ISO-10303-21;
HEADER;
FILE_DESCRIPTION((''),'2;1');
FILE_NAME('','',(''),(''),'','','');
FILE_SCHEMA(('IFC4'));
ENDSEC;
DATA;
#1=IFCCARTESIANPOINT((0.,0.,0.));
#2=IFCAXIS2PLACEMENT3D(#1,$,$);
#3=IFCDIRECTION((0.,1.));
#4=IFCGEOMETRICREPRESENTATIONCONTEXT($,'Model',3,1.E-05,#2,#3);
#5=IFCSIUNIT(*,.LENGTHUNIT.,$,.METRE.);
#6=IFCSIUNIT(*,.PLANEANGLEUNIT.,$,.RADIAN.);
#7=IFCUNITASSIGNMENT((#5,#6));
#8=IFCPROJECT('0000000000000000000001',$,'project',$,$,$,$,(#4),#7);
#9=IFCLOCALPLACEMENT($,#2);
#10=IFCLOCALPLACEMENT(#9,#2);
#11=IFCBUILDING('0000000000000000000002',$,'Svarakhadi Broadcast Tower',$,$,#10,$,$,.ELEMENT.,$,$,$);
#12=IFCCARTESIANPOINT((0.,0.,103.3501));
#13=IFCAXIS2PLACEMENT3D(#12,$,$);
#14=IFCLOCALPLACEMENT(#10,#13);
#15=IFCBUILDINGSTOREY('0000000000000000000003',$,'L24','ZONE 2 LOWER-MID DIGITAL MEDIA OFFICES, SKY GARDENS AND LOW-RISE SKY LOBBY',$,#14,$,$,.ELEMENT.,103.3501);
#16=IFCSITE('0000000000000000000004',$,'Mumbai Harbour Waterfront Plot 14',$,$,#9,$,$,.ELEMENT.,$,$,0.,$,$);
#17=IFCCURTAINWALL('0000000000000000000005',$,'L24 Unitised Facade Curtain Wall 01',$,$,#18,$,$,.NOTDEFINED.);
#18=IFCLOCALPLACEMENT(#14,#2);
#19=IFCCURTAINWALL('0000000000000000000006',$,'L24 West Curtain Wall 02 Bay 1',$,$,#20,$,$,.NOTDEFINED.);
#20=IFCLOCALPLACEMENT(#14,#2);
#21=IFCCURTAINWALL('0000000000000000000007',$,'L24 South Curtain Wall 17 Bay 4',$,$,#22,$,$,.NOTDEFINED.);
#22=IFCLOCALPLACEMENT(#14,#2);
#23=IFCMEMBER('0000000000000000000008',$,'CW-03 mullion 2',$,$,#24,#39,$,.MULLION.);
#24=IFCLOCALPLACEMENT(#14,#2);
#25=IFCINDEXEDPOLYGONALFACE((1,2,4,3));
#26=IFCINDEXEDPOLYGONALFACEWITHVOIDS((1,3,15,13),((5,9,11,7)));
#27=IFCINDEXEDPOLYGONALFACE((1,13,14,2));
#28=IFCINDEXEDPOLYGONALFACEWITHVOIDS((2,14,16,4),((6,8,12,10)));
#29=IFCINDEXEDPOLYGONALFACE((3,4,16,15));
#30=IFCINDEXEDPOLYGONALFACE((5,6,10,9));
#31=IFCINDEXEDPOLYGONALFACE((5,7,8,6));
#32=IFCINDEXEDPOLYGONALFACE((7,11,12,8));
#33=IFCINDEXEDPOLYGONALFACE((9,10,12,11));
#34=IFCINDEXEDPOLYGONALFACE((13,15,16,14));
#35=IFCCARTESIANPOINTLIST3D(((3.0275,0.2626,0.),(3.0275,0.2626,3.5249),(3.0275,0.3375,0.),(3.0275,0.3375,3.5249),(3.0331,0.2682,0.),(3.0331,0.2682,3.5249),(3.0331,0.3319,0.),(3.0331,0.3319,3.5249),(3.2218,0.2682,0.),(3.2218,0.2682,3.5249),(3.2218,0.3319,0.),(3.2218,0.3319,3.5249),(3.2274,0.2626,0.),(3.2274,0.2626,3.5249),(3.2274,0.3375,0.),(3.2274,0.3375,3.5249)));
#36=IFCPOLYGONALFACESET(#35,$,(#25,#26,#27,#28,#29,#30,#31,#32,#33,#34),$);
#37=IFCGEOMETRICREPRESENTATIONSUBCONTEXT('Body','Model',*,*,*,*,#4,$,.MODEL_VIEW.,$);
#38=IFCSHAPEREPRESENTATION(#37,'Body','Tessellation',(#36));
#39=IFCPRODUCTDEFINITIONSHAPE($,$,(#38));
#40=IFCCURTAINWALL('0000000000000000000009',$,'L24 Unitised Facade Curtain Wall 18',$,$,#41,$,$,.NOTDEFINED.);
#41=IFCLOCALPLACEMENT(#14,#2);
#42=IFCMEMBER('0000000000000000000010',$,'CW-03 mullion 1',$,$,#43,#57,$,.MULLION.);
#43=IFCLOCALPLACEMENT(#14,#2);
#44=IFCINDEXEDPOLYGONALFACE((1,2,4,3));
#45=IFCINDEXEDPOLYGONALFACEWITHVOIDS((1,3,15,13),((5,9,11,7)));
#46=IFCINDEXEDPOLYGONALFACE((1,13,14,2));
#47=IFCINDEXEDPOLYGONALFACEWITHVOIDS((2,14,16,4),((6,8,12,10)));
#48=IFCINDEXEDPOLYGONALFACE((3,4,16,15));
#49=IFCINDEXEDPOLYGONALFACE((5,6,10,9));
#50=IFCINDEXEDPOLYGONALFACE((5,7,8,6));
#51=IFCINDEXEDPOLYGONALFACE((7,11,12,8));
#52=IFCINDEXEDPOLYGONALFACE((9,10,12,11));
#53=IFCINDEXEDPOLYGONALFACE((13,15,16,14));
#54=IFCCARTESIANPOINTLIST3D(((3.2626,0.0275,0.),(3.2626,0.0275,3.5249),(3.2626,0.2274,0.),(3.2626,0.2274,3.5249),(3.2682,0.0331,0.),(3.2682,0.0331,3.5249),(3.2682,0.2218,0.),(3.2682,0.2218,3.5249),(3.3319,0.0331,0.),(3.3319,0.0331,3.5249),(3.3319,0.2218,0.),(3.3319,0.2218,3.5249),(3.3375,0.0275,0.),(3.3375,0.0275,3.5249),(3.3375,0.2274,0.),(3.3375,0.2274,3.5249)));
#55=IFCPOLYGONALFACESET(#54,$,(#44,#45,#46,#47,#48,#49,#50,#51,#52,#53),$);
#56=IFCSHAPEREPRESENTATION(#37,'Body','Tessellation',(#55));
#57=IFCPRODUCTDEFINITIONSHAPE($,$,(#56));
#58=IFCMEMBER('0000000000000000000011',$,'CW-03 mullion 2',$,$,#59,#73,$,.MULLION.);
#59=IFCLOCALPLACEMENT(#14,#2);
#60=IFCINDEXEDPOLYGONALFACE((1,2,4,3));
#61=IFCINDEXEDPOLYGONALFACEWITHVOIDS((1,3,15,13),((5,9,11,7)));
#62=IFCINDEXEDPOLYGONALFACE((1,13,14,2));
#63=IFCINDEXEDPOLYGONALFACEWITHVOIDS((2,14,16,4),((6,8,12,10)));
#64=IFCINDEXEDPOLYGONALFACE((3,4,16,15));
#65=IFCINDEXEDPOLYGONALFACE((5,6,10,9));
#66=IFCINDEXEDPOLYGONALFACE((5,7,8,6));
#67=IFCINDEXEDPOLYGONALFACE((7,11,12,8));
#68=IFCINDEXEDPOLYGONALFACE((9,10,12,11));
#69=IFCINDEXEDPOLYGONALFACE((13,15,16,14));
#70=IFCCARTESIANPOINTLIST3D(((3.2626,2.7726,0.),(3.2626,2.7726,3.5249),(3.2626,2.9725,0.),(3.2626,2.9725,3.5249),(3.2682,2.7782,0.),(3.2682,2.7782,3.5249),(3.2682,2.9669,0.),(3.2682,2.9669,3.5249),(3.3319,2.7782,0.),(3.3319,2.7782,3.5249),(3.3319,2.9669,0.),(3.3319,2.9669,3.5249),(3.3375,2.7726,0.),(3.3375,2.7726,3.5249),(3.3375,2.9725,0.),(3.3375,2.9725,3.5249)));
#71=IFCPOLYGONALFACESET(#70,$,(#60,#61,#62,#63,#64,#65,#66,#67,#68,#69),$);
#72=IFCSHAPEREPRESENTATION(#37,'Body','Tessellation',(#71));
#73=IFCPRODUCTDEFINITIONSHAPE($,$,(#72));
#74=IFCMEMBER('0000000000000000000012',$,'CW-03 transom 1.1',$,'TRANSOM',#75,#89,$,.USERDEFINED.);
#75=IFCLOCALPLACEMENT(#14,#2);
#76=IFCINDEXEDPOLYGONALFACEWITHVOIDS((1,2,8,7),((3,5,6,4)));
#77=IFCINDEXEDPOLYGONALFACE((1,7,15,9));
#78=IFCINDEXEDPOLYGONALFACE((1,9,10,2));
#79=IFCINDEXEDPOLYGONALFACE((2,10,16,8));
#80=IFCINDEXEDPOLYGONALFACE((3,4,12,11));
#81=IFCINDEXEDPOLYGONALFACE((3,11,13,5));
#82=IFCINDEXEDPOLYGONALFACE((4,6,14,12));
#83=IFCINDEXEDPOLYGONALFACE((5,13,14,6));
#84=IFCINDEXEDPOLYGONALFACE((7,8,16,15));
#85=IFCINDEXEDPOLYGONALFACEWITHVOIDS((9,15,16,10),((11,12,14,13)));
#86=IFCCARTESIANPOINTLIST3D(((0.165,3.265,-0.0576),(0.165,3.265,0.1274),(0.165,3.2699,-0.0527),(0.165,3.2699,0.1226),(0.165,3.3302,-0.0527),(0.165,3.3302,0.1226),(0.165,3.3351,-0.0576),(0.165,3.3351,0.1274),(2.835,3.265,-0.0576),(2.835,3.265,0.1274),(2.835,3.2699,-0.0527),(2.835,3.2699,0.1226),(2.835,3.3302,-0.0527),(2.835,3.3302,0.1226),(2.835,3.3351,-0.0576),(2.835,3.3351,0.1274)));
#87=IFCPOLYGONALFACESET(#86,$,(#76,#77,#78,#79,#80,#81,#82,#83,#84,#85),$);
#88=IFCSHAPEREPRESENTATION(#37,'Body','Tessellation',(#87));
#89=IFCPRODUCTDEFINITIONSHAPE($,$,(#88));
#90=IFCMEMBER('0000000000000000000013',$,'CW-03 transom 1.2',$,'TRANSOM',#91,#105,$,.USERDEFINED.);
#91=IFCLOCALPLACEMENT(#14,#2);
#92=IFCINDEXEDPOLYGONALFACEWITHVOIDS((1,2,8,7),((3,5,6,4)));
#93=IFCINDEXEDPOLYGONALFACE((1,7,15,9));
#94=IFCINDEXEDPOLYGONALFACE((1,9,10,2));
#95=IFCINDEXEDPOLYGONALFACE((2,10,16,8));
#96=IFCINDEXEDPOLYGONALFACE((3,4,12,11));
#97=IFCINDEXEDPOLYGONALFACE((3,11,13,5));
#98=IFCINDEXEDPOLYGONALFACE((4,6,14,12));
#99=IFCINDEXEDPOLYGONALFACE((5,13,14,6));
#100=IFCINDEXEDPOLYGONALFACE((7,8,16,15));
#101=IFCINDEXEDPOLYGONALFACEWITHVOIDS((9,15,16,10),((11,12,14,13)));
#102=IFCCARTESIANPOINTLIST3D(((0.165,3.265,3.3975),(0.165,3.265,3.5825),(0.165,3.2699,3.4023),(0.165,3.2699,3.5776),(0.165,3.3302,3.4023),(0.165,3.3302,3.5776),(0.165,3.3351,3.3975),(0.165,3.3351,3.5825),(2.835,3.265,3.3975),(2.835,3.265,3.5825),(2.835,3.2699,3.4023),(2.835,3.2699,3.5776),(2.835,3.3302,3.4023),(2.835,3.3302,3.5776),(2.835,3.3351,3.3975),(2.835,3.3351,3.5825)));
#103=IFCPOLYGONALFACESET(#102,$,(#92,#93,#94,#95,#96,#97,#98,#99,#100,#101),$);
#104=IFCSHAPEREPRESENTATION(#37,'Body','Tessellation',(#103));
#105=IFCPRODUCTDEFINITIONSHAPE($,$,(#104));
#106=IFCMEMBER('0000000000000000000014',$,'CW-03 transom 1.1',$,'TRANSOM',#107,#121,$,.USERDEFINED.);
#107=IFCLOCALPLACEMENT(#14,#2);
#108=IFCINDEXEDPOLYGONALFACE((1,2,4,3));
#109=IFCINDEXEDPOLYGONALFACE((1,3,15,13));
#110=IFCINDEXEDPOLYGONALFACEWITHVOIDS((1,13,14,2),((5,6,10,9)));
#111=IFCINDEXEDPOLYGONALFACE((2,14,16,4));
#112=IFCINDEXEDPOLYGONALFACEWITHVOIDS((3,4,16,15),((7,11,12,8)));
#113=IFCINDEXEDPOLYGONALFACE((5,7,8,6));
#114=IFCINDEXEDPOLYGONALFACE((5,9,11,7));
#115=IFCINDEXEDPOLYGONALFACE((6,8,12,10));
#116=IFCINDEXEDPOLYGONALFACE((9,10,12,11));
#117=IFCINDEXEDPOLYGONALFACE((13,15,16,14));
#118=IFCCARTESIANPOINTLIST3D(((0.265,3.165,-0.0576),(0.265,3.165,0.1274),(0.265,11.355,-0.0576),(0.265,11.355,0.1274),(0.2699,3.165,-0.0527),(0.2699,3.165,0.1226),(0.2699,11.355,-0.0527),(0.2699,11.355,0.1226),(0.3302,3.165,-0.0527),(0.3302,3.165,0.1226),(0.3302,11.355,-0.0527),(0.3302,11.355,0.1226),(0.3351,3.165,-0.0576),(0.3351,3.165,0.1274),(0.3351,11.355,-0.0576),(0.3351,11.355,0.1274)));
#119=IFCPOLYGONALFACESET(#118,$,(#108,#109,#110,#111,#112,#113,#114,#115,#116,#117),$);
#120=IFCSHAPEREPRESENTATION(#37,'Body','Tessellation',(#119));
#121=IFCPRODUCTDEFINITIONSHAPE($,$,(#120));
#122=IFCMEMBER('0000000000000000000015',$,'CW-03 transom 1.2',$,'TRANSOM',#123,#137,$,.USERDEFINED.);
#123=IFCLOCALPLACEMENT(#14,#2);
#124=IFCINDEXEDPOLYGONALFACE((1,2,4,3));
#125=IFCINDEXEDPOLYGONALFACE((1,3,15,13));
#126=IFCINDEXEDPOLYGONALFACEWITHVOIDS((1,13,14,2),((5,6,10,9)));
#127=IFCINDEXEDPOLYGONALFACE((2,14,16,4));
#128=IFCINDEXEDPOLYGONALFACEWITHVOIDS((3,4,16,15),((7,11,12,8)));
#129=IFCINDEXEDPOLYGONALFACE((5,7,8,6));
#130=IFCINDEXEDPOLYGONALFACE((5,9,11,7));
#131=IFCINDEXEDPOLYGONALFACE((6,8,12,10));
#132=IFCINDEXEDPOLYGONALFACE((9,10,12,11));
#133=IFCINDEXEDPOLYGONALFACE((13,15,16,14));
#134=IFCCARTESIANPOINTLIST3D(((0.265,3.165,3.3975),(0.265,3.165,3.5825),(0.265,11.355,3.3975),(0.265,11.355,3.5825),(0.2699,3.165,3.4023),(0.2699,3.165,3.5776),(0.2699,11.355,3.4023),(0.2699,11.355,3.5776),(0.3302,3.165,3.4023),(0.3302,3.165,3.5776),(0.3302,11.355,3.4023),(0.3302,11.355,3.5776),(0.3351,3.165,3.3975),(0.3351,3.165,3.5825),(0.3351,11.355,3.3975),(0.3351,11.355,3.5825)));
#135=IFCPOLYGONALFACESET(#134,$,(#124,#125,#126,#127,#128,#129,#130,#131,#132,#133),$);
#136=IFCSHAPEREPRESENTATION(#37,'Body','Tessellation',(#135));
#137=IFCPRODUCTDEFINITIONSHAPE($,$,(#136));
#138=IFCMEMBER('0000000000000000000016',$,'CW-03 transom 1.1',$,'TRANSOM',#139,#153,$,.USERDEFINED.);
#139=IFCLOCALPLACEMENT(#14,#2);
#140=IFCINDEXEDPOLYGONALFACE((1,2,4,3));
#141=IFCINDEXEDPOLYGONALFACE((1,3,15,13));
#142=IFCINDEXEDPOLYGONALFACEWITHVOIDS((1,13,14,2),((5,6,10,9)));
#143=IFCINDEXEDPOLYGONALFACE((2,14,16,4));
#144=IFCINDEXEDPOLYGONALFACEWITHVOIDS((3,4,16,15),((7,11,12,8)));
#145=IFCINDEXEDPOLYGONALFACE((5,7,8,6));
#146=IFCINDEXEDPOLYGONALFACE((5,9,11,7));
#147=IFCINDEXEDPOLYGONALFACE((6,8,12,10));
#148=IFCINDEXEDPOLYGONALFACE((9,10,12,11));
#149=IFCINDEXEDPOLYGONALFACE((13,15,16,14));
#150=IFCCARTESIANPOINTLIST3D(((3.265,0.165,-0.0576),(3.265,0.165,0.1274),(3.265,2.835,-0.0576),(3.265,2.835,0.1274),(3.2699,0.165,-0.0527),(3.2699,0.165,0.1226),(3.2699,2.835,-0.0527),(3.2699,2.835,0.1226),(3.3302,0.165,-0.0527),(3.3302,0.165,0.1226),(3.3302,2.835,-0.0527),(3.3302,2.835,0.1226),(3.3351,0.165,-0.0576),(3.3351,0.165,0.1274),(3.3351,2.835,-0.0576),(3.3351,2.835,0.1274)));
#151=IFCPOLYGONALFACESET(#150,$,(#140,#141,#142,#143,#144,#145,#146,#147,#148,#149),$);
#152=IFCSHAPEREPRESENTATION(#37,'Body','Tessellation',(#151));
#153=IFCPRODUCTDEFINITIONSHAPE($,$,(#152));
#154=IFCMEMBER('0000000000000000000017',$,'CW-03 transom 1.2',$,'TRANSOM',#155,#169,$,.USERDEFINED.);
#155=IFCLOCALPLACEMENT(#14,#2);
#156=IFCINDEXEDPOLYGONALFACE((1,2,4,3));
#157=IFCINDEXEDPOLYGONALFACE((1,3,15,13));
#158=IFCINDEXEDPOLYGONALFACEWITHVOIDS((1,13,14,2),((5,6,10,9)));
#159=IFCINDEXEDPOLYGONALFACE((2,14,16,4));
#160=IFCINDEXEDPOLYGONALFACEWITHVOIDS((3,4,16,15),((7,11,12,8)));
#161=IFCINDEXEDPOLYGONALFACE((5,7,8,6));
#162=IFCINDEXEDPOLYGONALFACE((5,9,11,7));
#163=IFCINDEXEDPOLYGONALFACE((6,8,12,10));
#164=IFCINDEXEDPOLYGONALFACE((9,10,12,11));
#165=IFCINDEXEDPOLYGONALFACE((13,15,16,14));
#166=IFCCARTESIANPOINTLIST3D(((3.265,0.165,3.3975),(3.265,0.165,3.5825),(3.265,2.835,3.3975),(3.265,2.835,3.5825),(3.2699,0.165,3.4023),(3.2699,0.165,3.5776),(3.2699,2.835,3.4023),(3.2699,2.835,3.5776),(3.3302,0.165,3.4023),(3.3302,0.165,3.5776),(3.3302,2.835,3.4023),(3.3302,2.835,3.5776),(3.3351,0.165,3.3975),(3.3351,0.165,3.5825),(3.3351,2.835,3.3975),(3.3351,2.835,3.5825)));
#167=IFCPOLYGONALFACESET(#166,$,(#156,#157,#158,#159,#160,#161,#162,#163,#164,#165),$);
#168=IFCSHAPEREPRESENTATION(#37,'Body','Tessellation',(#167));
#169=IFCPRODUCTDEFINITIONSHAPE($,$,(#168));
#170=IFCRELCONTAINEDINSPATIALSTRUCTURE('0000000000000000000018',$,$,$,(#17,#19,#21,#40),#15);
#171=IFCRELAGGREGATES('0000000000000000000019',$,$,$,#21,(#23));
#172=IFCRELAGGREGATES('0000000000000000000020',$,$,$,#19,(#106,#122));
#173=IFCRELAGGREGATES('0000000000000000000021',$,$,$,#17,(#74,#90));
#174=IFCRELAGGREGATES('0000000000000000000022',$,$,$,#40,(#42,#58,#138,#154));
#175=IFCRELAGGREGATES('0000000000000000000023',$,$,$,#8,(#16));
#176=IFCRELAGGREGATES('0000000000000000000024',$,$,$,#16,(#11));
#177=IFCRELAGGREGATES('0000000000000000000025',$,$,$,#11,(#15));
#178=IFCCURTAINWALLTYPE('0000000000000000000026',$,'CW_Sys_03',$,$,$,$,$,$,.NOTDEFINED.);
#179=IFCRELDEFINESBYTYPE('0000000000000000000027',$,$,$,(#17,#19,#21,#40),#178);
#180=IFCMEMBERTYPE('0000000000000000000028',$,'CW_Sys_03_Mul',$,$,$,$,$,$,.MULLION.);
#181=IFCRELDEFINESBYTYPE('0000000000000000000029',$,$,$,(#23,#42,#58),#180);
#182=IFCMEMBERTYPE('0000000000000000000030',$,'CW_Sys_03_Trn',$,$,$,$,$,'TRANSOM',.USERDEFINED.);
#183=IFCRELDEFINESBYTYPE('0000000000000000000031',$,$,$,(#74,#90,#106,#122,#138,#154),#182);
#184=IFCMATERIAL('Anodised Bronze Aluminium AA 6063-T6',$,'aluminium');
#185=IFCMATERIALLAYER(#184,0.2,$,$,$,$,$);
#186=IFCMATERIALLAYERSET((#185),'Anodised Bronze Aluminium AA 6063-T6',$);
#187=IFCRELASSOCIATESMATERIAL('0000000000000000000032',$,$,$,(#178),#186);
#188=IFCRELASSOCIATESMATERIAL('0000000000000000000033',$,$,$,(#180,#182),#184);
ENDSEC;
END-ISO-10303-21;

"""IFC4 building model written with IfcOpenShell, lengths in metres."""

from ifc_helpers import new_model, si_unit, direction, frame, origin, origin_2d, place, context, subcontext, project, spatial, hollow_rectangle, extrude, material, layer, layer_set, material_profile, profile_set, type_object, element, aggregate, save


model = new_model("IFC4")

# Units and contexts
model_context = context("Model", 3, precision=1e-05, world=origin(), true_north=direction((0.0, 1.0)))
body_context = subcontext(model_context, "Body", "Model", "MODEL_VIEW")
ifc_project = project(units=[si_unit("LENGTHUNIT", "METRE"), si_unit("PLANEANGLEUNIT", "RADIAN")], contexts=[model_context])

# Site, building, storey
site_placement = place(None, origin())
site = spatial("IfcSite", under=ifc_project, at=site_placement, Name="Mumbai Harbour Waterfront Plot 14", CompositionType="ELEMENT", RefElevation=0.0)
building_placement = place(site_placement, origin())
building = spatial("IfcBuilding", under=site, at=building_placement, Name="Svarakhadi Broadcast Tower", CompositionType="ELEMENT")
storey_placement = place(building_placement, frame((0.0, 0.0, 103.3501)))
storey = spatial("IfcBuildingStorey", under=building, at=storey_placement, Name="L24", Description="ZONE 2 LOWER-MID DIGITAL MEDIA OFFICES, SKY GARDENS AND LOW-RISE SKY LOBBY", CompositionType="ELEMENT", Elevation=103.3501)

# Curtain wall
ifc_material_1 = material(Name="Anodised Bronze Aluminium AA 6063-T6", Category="aluminium")
ifc_layer_1 = layer(ifc_material_1, 0.2)
ifc_layer_set_1 = layer_set([ifc_layer_1], Name="Anodised Bronze Aluminium AA 6063-T6")
curtain_wall_type = type_object("IfcCurtainWallType", Name="CW_Sys_03", PredefinedType="NOTDEFINED", material=ifc_layer_set_1)
curtain_wall_1_placement = place(storey_placement, origin())
curtain_wall_1 = element("IfcCurtainWall", 1, at=curtain_wall_1_placement, inside=storey, type_object=curtain_wall_type, Name="L24 Unitised Facade Curtain Wall 01", PredefinedType="NOTDEFINED")
ifc_material_profile_1 = material_profile(ifc_material_1, hollow_rectangle(XDim=0.075, YDim=0.2, WallThickness=0.0056, at=origin_2d()), Name="ALU MULLION 200x75x6")
ifc_profile_set_1 = profile_set([ifc_material_profile_1], Name="Anodised Bronze Aluminium AA 6063-T6")
member_type_1 = type_object("IfcMemberType", Name="CW_Sys_03_Mul", PredefinedType="MULLION", material=ifc_profile_set_1)

# Curtain walls, member
curtain_wall_2_placement = place(storey_placement, origin())
curtain_wall_2 = element("IfcCurtainWall", 2, at=curtain_wall_2_placement, inside=storey, type_object=curtain_wall_type, Name="L24 West Curtain Wall 02 Bay 1", PredefinedType="NOTDEFINED")
curtain_wall_3_placement = place(storey_placement, origin())
curtain_wall_3 = element("IfcCurtainWall", 3, at=curtain_wall_3_placement, inside=storey, type_object=curtain_wall_type, Name="L24 South Curtain Wall 17 Bay 4", PredefinedType="NOTDEFINED")
member_1_placement = place(storey_placement, frame((3.1274, 0.3, 0.0), z_axis=(0.0, 0.0, 1.0), x_axis=(0.0, -1.0, 0.0)))
member_1 = element("IfcMember", 4, at=member_1_placement, type_object=member_type_1, Name="CW-03 mullion 2", PredefinedType="MULLION", context=body_context, shape_type="SweptSolid", body=[
    extrude(hollow_rectangle(XDim=0.075, YDim=0.2, WallThickness=0.0056, at=origin_2d()), origin(), (0.0, 0.0, 1.0), 3.5249),
])
aggregate(curtain_wall_3, [member_1])

# Curtain wall, members
curtain_wall_4_placement = place(storey_placement, origin())
curtain_wall_4 = element("IfcCurtainWall", 5, at=curtain_wall_4_placement, inside=storey, type_object=curtain_wall_type, Name="L24 Unitised Facade Curtain Wall 18", PredefinedType="NOTDEFINED")
member_2_placement = place(storey_placement, frame((3.3, 0.1274, 0.0), z_axis=(0.0, 0.0, 1.0), x_axis=(-1.0, 0.0, 0.0)))
member_2 = element("IfcMember", 6, at=member_2_placement, type_object=member_type_1, Name="CW-03 mullion 1", PredefinedType="MULLION", context=body_context, shape_type="SweptSolid", body=[
    extrude(hollow_rectangle(XDim=0.075, YDim=0.2, WallThickness=0.0056, at=origin_2d()), origin(), (0.0, 0.0, 1.0), 3.5249),
])
member_3_placement = place(storey_placement, frame((3.3, 2.8726, 0.0), z_axis=(0.0, 0.0, 1.0), x_axis=(-1.0, 0.0, 0.0)))
member_3 = element("IfcMember", 7, at=member_3_placement, type_object=member_type_1, Name="CW-03 mullion 2", PredefinedType="MULLION", context=body_context, shape_type="SweptSolid", body=[
    extrude(hollow_rectangle(XDim=0.075, YDim=0.2, WallThickness=0.0056, at=origin_2d()), origin(), (0.0, 0.0, 1.0), 3.5249),
])

# Members
ifc_material_profile_2 = material_profile(ifc_material_1, hollow_rectangle(XDim=0.0701, YDim=0.1851, WallThickness=0.0049, at=origin_2d()), Name="ALU TRANSOM 185x70x5")
ifc_profile_set_2 = profile_set([ifc_material_profile_2], Name="Anodised Bronze Aluminium AA 6063-T6")
member_type_2 = type_object("IfcMemberType", Name="CW_Sys_03_Trn", ElementType="TRANSOM", PredefinedType="USERDEFINED", material=ifc_profile_set_2)
member_4_placement = place(storey_placement, frame((2.835, 3.3, 0.0349), z_axis=(-1.0, 0.0, 0.0), x_axis=(0.0, -1.0, 0.0)))
member_4 = element("IfcMember", 8, at=member_4_placement, type_object=member_type_2, Name="CW-03 transom 1.1", ObjectType="TRANSOM", PredefinedType="USERDEFINED", context=body_context, shape_type="SweptSolid", body=[
    extrude(hollow_rectangle(XDim=0.0701, YDim=0.1851, WallThickness=0.0049, at=origin_2d()), origin(), (0.0, 0.0, 1.0), 2.6699),
])
member_5_placement = place(storey_placement, frame((2.835, 3.3, 3.49), z_axis=(-1.0, 0.0, 0.0), x_axis=(0.0, -1.0, 0.0)))
member_5 = element("IfcMember", 9, at=member_5_placement, type_object=member_type_2, Name="CW-03 transom 1.2", ObjectType="TRANSOM", PredefinedType="USERDEFINED", context=body_context, shape_type="SweptSolid", body=[
    extrude(hollow_rectangle(XDim=0.0701, YDim=0.1851, WallThickness=0.0049, at=origin_2d()), origin(), (0.0, 0.0, 1.0), 2.6699),
])
member_6_placement = place(storey_placement, frame((0.3, 3.165, 0.0349), z_axis=(0.0, 1.0, 0.0), x_axis=(-1.0, 0.0, 0.0)))
member_6 = element("IfcMember", 10, at=member_6_placement, type_object=member_type_2, Name="CW-03 transom 1.1", ObjectType="TRANSOM", PredefinedType="USERDEFINED", context=body_context, shape_type="SweptSolid", body=[
    extrude(hollow_rectangle(XDim=0.0701, YDim=0.1851, WallThickness=0.0049, at=origin_2d()), origin(), (0.0, 0.0, 1.0), 8.1899),
])
member_7_placement = place(storey_placement, frame((0.3, 3.165, 3.49), z_axis=(0.0, 1.0, 0.0), x_axis=(-1.0, 0.0, 0.0)))
member_7 = element("IfcMember", 11, at=member_7_placement, type_object=member_type_2, Name="CW-03 transom 1.2", ObjectType="TRANSOM", PredefinedType="USERDEFINED", context=body_context, shape_type="SweptSolid", body=[
    extrude(hollow_rectangle(XDim=0.0701, YDim=0.1851, WallThickness=0.0049, at=origin_2d()), origin(), (0.0, 0.0, 1.0), 8.1899),
])
aggregate(curtain_wall_2, [member_6, member_7])
member_8_placement = place(storey_placement, frame((3.3, 0.165, 0.0349), z_axis=(0.0, 1.0, 0.0), x_axis=(-1.0, 0.0, 0.0)))
member_8 = element("IfcMember", 12, at=member_8_placement, type_object=member_type_2, Name="CW-03 transom 1.1", ObjectType="TRANSOM", PredefinedType="USERDEFINED", context=body_context, shape_type="SweptSolid", body=[
    extrude(hollow_rectangle(XDim=0.0701, YDim=0.1851, WallThickness=0.0049, at=origin_2d()), origin(), (0.0, 0.0, 1.0), 2.6699),
])
member_9_placement = place(storey_placement, frame((3.3, 0.165, 3.49), z_axis=(0.0, 1.0, 0.0), x_axis=(-1.0, 0.0, 0.0)))
member_9 = element("IfcMember", 13, at=member_9_placement, type_object=member_type_2, Name="CW-03 transom 1.2", ObjectType="TRANSOM", PredefinedType="USERDEFINED", context=body_context, shape_type="SweptSolid", body=[
    extrude(hollow_rectangle(XDim=0.0701, YDim=0.1851, WallThickness=0.0049, at=origin_2d()), origin(), (0.0, 0.0, 1.0), 2.6699),
])

aggregate(curtain_wall_1, [member_4, member_5])
aggregate(curtain_wall_4, [member_2, member_3, member_8, member_9])

save(model, "model.ifc")
